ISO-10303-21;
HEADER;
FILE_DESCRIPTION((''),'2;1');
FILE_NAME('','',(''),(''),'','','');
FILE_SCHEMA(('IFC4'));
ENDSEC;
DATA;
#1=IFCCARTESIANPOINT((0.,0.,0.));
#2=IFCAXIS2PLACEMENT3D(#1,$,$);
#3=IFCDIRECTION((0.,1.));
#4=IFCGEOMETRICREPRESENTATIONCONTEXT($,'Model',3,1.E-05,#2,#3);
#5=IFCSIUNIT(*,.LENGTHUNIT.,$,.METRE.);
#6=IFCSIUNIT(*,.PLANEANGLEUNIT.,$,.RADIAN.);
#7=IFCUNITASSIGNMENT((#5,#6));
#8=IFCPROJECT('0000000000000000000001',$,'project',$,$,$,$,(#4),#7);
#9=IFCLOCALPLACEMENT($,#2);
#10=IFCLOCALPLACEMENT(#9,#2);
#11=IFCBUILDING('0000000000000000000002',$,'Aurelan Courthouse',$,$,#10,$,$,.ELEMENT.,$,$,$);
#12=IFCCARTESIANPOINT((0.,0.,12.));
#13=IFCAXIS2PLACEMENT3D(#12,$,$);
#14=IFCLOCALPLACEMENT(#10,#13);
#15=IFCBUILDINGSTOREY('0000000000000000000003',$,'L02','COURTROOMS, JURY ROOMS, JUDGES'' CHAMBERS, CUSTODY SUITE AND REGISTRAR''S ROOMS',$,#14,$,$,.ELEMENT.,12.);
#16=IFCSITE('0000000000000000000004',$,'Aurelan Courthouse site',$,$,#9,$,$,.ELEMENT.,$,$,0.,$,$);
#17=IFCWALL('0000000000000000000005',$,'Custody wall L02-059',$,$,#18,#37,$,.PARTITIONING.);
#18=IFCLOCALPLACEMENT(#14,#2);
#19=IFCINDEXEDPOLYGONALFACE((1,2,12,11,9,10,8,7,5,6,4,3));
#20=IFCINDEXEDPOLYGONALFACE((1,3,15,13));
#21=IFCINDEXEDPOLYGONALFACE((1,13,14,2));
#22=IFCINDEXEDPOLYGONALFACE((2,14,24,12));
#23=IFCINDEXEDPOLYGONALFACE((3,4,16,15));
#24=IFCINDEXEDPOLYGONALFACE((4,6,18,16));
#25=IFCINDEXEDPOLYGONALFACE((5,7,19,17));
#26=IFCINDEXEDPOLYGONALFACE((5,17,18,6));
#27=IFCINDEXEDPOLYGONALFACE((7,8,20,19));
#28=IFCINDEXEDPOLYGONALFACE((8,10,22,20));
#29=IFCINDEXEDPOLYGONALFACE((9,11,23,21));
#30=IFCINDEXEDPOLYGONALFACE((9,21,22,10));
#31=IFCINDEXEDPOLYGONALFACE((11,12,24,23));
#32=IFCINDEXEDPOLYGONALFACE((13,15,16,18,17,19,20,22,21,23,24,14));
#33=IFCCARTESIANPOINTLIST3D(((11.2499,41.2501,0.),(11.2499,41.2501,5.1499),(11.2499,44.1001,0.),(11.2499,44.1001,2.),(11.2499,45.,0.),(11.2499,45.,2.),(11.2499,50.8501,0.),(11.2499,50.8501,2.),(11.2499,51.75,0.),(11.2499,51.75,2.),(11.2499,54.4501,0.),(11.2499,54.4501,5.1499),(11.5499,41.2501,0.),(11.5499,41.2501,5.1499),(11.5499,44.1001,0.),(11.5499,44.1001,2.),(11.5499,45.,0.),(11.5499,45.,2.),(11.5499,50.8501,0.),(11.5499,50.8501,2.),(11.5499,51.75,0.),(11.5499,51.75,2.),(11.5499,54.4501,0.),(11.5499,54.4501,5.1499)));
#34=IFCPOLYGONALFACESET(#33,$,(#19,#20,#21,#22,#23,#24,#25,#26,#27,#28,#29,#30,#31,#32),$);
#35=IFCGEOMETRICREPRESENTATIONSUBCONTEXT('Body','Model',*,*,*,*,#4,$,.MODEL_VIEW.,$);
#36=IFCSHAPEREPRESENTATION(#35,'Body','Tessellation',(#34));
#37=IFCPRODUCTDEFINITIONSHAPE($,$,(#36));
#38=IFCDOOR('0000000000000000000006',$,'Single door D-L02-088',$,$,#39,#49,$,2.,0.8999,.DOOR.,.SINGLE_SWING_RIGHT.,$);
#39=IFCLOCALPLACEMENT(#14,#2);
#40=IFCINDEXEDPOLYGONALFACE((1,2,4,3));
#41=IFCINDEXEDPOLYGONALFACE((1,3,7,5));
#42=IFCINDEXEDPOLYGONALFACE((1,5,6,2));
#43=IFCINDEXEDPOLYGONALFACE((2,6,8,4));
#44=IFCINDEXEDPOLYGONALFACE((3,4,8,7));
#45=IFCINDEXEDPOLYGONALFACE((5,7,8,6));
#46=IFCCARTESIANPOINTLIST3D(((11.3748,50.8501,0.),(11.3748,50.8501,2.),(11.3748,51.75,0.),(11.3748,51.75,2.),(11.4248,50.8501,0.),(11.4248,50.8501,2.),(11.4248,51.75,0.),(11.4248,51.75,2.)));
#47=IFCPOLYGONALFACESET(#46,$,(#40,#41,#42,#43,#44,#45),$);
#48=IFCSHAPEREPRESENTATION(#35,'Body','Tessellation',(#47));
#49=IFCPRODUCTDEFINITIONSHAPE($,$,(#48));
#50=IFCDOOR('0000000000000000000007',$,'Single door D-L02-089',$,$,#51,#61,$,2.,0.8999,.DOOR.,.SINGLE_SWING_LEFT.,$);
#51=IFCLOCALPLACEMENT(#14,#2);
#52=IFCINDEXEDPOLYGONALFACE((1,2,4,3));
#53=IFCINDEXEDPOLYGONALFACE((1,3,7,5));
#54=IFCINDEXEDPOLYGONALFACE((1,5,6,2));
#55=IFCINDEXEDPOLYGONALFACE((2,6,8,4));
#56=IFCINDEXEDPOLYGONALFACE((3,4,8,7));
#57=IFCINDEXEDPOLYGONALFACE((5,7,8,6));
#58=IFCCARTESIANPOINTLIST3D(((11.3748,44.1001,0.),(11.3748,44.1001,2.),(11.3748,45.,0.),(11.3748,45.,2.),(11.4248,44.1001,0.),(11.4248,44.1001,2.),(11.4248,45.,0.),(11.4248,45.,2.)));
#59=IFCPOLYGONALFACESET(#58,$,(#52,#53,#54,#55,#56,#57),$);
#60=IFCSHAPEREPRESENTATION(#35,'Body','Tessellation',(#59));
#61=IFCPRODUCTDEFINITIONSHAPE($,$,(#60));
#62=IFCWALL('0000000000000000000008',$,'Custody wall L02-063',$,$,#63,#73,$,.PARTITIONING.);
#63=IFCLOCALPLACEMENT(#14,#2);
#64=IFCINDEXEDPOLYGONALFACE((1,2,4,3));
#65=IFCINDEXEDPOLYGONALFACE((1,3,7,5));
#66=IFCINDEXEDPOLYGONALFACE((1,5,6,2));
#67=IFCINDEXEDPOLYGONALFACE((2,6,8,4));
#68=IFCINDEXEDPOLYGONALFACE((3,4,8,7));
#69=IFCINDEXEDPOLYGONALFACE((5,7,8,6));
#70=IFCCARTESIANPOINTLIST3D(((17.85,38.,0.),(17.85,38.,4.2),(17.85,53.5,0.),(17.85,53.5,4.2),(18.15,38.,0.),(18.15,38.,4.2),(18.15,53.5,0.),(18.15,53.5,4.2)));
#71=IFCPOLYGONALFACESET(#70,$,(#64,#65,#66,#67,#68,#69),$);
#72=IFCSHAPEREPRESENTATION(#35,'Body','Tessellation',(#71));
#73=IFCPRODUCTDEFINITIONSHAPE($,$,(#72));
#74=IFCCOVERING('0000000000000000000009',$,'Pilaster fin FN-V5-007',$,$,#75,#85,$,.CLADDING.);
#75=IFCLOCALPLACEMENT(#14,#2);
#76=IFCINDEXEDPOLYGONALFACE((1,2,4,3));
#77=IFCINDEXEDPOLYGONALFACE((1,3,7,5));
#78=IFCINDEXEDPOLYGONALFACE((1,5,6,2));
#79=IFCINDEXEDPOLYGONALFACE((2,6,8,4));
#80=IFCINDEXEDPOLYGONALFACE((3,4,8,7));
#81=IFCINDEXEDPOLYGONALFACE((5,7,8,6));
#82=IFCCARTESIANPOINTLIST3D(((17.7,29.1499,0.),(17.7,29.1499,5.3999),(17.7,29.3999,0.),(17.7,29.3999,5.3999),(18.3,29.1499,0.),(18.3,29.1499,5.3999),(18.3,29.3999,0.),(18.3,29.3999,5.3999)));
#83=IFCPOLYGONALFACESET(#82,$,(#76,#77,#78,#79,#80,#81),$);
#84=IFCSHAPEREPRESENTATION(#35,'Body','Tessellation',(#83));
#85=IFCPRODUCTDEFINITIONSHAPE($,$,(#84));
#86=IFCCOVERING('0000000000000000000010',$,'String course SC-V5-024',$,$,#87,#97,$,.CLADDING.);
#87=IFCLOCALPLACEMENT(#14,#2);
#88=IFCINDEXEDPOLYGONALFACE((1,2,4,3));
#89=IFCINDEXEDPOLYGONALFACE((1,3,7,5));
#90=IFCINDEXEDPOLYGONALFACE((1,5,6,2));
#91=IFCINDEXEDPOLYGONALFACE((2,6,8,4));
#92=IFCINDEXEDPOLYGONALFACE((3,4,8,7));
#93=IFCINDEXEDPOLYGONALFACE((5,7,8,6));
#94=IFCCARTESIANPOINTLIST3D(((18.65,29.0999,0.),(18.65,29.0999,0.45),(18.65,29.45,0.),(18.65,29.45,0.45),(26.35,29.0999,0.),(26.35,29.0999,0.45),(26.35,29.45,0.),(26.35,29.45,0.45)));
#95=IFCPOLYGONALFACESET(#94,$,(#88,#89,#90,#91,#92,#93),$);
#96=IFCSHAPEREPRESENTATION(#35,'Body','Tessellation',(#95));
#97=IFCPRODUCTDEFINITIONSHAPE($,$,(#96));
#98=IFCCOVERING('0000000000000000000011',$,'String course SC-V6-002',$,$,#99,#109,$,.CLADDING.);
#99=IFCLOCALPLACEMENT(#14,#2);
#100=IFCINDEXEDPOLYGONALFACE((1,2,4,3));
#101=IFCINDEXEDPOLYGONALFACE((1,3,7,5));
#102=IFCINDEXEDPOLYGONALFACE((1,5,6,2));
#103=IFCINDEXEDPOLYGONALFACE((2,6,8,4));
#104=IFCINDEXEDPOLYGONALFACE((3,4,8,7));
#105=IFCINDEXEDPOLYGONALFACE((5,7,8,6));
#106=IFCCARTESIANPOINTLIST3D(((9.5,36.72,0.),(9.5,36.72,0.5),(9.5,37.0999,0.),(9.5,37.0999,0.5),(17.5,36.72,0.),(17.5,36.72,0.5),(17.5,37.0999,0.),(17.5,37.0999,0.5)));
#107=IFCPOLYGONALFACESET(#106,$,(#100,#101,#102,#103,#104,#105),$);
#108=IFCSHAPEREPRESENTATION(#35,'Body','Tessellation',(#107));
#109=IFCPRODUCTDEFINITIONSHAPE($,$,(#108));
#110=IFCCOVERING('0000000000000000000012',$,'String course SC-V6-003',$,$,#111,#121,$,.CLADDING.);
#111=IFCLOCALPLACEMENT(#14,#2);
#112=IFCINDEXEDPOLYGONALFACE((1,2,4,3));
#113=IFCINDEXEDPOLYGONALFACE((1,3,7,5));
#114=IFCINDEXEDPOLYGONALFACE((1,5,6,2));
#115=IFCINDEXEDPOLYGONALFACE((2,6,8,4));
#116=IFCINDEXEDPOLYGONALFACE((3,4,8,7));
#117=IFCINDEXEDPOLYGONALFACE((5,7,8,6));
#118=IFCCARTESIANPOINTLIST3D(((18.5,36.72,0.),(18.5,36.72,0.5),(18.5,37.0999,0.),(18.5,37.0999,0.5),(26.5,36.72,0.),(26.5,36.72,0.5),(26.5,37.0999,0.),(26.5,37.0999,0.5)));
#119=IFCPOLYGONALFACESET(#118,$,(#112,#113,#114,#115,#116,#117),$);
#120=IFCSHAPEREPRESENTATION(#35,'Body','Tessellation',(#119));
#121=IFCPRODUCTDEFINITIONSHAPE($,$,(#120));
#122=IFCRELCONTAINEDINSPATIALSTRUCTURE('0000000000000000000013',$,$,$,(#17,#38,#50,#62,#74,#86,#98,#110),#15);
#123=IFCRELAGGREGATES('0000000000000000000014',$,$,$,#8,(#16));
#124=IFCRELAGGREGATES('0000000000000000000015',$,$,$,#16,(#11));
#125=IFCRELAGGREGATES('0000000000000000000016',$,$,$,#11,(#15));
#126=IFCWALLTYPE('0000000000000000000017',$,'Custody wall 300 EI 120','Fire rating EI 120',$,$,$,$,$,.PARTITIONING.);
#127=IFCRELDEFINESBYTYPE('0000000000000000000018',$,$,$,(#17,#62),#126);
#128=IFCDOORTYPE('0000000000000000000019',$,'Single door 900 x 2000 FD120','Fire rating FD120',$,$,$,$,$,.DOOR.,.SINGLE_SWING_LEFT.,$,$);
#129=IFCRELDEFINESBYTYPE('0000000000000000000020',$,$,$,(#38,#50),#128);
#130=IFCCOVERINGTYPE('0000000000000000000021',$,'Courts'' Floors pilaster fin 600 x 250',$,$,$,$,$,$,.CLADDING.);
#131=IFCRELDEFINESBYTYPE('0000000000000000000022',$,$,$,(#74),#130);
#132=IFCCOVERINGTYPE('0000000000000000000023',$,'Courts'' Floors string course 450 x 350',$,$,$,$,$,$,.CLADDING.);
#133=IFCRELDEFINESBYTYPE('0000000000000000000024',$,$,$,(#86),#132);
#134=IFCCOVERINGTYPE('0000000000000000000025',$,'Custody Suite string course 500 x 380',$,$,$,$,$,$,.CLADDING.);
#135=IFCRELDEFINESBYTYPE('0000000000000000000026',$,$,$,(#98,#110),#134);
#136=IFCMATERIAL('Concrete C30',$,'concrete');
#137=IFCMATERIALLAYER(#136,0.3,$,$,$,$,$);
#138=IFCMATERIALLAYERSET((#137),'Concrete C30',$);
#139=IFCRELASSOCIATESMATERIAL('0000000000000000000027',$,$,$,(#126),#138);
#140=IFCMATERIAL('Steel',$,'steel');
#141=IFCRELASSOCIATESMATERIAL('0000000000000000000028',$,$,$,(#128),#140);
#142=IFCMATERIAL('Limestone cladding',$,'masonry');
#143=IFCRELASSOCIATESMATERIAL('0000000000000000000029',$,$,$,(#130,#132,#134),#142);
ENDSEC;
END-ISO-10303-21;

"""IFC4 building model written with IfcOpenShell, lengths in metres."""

from ifc_helpers import new_model, si_unit, direction, frame, frame_2d, origin, origin_2d, place, context, subcontext, project, spatial, rectangle, extrude, material, layer, layer_set, type_object, element, fill, save


model = new_model("IFC4")

# Units and contexts
model_context = context("Model", 3, precision=1e-05, world=origin(), true_north=direction((0.0, 1.0)))
body_context = subcontext(model_context, "Body", "Model", "MODEL_VIEW")
ifc_project = project(units=[si_unit("LENGTHUNIT", "METRE"), si_unit("PLANEANGLEUNIT", "RADIAN")], contexts=[model_context])

# Site, building, storey
site_placement = place(None, origin())
site = spatial("IfcSite", under=ifc_project, at=site_placement, Name="Aurelan Courthouse site", CompositionType="ELEMENT", RefElevation=0.0)
building_placement = place(site_placement, origin())
building = spatial("IfcBuilding", under=site, at=building_placement, Name="Aurelan Courthouse", CompositionType="ELEMENT")
storey_placement = place(building_placement, frame((0.0, 0.0, 12.0)))
storey = spatial("IfcBuildingStorey", under=building, at=storey_placement, Name="L02", Description="COURTROOMS, JURY ROOMS, JUDGES' CHAMBERS, CUSTODY SUITE AND REGISTRAR'S ROOMS", CompositionType="ELEMENT", Elevation=12.0)

# Shared definitions
ifc_material_1 = material(Name="Limestone cladding", Category="masonry")
ifc_material_2 = material(Name="Concrete C30", Category="concrete")

# Shared definitions
ifc_layer_1 = layer(ifc_material_2, 0.3)
ifc_layer_set_1 = layer_set([ifc_layer_1], Name="Concrete C30")
wall_type_1 = type_object("IfcWallType", Name="Custody wall 300 EI 120", Description="Fire rating EI 120", PredefinedType="PARTITIONING", material=ifc_layer_set_1)
ifc_material_3 = material(Name="Steel", Category="steel")

# Wall, openings, doors
wall_1_placement = place(storey_placement, frame((11.3999, 41.25, 0.0), z_axis=(0.0, 0.0, 1.0), x_axis=(0.0, 1.0, 0.0)))
wall_1 = element("IfcWall", 1, at=wall_1_placement, inside=storey, type_object=wall_type_1, Name="Custody wall L02-059", PredefinedType="PARTITIONING", context=body_context, shape_type="SweptSolid", body=[
    extrude(rectangle(XDim=13.2, YDim=0.3, at=frame_2d((6.6001, 0.0))), origin(), (0.0, 0.0, 1.0), 5.1499),
])
opening_1_placement = place(wall_1_placement, frame((10.5, 0.0, 0.0), z_axis=(0.0, 0.0, 1.0), x_axis=(-1.0, 0.0, 0.0)))
opening_1 = element("IfcOpeningElement", 2, at=opening_1_placement, cuts=wall_1, PredefinedType="OPENING", context=body_context, shape_type="SweptSolid", body=[
    extrude(rectangle(XDim=0.8999, YDim=2.0, at=frame_2d((0.45, 1.0))), frame((0.0, 0.1599, 0.0), z_axis=(0.0, -1.0, 0.0), x_axis=(1.0, 0.0, 0.0)), (0.0, 0.0, 1.0), 0.3201),
])
opening_2_placement = place(wall_1_placement, frame((3.75, 0.0, 0.0), z_axis=(0.0, 0.0, 1.0), x_axis=(-1.0, 0.0, 0.0)))
opening_2 = element("IfcOpeningElement", 3, at=opening_2_placement, cuts=wall_1, PredefinedType="OPENING", context=body_context, shape_type="SweptSolid", body=[
    extrude(rectangle(XDim=0.8999, YDim=2.0, at=frame_2d((0.45, 1.0))), frame((0.0, 0.1599, 0.0), z_axis=(0.0, -1.0, 0.0), x_axis=(1.0, 0.0, 0.0)), (0.0, 0.0, 1.0), 0.3201),
])
door_type_1 = type_object("IfcDoorType", Name="Single door 900 x 2000 FD120", Description="Fire rating FD120", OperationType="SINGLE_SWING_LEFT", PredefinedType="DOOR", material=ifc_material_3)
door_1_placement = place(opening_1_placement, origin())
door_1 = element("IfcDoor", 4, at=door_1_placement, inside=storey, type_object=door_type_1, Name="Single door D-L02-088", OperationType="SINGLE_SWING_RIGHT", OverallHeight=2.0, OverallWidth=0.8999, PredefinedType="DOOR", context=body_context, shape_type="SweptSolid", body=[
    extrude(rectangle(XDim=0.8999, YDim=2.0, at=frame_2d((0.45, 1.0))), frame((0.0, 0.0249, 0.0), z_axis=(0.0, -1.0, 0.0), x_axis=(1.0, 0.0, 0.0)), (0.0, 0.0, 1.0), 0.05),
])
fill(opening_1, door_1)
door_2_placement = place(opening_2_placement, origin())
door_2 = element("IfcDoor", 5, at=door_2_placement, inside=storey, type_object=door_type_1, Name="Single door D-L02-089", OperationType="SINGLE_SWING_LEFT", OverallHeight=2.0, OverallWidth=0.8999, PredefinedType="DOOR", context=body_context, shape_type="SweptSolid", body=[
    extrude(rectangle(XDim=0.8999, YDim=2.0, at=frame_2d((0.45, 1.0))), frame((0.0, 0.0249, 0.0), z_axis=(0.0, -1.0, 0.0), x_axis=(1.0, 0.0, 0.0)), (0.0, 0.0, 1.0), 0.05),
])
fill(opening_2, door_2)

# Wall
wall_2_placement = place(storey_placement, frame((18.0, 38.0, 0.0), z_axis=(0.0, 0.0, 1.0), x_axis=(0.0, 1.0, 0.0)))
element("IfcWall", 6, at=wall_2_placement, inside=storey, type_object=wall_type_1, Name="Custody wall L02-063", PredefinedType="PARTITIONING", context=body_context, shape_type="SweptSolid", body=[
    extrude(rectangle(XDim=15.5, YDim=0.3, at=frame_2d((7.75, 0.0))), origin(), (0.0, 0.0, 1.0), 4.2),
])

# Coverings
covering_type_1 = type_object("IfcCoveringType", Name="Courts' Floors pilaster fin 600 x 250", PredefinedType="CLADDING", material=ifc_material_1)
covering_1_placement = place(storey_placement, frame((18.0, 29.2749, 0.0), z_axis=(0.0, 0.0, 1.0), x_axis=(1.0, 0.0, 0.0)))
element("IfcCovering", 7, at=covering_1_placement, inside=storey, type_object=covering_type_1, Name="Pilaster fin FN-V5-007", PredefinedType="CLADDING", context=body_context, shape_type="SweptSolid", body=[
    extrude(rectangle(XDim=0.6001, YDim=0.25, at=origin_2d()), origin(), (0.0, 0.0, 1.0), 5.3999),
])
covering_type_2 = type_object("IfcCoveringType", Name="Courts' Floors string course 450 x 350", PredefinedType="CLADDING", material=ifc_material_1)
covering_2_placement = place(storey_placement, frame((22.5, 29.2749, 0.0), z_axis=(0.0, 0.0, 1.0), x_axis=(1.0, 0.0, 0.0)))
element("IfcCovering", 8, at=covering_2_placement, inside=storey, type_object=covering_type_2, Name="String course SC-V5-024", PredefinedType="CLADDING", context=body_context, shape_type="SweptSolid", body=[
    extrude(rectangle(XDim=7.7, YDim=0.3501, at=origin_2d()), origin(), (0.0, 0.0, 1.0), 0.45),
])
covering_type_3 = type_object("IfcCoveringType", Name="Custody Suite string course 500 x 380", PredefinedType="CLADDING", material=ifc_material_1)
for number, where, z_axis, x_axis, name in (
    (9, (13.5, 36.9099, 0.0), (0.0, 0.0, 1.0), (1.0, 0.0, 0.0), "String course SC-V6-002"),
    (10, (22.5, 36.9099, 0.0), (0.0, 0.0, 1.0), (1.0, 0.0, 0.0), "String course SC-V6-003"),
):
    element("IfcCovering", number, at=place(storey_placement, frame(where, z_axis=z_axis, x_axis=x_axis)), inside=storey, type_object=covering_type_3, Name=name, PredefinedType="CLADDING", context=body_context, shape_type="SweptSolid", body=[
        extrude(rectangle(XDim=8.0, YDim=0.3799, at=origin_2d()), origin(), (0.0, 0.0, 1.0), 0.5),
    ])

save(model, "model.ifc")
